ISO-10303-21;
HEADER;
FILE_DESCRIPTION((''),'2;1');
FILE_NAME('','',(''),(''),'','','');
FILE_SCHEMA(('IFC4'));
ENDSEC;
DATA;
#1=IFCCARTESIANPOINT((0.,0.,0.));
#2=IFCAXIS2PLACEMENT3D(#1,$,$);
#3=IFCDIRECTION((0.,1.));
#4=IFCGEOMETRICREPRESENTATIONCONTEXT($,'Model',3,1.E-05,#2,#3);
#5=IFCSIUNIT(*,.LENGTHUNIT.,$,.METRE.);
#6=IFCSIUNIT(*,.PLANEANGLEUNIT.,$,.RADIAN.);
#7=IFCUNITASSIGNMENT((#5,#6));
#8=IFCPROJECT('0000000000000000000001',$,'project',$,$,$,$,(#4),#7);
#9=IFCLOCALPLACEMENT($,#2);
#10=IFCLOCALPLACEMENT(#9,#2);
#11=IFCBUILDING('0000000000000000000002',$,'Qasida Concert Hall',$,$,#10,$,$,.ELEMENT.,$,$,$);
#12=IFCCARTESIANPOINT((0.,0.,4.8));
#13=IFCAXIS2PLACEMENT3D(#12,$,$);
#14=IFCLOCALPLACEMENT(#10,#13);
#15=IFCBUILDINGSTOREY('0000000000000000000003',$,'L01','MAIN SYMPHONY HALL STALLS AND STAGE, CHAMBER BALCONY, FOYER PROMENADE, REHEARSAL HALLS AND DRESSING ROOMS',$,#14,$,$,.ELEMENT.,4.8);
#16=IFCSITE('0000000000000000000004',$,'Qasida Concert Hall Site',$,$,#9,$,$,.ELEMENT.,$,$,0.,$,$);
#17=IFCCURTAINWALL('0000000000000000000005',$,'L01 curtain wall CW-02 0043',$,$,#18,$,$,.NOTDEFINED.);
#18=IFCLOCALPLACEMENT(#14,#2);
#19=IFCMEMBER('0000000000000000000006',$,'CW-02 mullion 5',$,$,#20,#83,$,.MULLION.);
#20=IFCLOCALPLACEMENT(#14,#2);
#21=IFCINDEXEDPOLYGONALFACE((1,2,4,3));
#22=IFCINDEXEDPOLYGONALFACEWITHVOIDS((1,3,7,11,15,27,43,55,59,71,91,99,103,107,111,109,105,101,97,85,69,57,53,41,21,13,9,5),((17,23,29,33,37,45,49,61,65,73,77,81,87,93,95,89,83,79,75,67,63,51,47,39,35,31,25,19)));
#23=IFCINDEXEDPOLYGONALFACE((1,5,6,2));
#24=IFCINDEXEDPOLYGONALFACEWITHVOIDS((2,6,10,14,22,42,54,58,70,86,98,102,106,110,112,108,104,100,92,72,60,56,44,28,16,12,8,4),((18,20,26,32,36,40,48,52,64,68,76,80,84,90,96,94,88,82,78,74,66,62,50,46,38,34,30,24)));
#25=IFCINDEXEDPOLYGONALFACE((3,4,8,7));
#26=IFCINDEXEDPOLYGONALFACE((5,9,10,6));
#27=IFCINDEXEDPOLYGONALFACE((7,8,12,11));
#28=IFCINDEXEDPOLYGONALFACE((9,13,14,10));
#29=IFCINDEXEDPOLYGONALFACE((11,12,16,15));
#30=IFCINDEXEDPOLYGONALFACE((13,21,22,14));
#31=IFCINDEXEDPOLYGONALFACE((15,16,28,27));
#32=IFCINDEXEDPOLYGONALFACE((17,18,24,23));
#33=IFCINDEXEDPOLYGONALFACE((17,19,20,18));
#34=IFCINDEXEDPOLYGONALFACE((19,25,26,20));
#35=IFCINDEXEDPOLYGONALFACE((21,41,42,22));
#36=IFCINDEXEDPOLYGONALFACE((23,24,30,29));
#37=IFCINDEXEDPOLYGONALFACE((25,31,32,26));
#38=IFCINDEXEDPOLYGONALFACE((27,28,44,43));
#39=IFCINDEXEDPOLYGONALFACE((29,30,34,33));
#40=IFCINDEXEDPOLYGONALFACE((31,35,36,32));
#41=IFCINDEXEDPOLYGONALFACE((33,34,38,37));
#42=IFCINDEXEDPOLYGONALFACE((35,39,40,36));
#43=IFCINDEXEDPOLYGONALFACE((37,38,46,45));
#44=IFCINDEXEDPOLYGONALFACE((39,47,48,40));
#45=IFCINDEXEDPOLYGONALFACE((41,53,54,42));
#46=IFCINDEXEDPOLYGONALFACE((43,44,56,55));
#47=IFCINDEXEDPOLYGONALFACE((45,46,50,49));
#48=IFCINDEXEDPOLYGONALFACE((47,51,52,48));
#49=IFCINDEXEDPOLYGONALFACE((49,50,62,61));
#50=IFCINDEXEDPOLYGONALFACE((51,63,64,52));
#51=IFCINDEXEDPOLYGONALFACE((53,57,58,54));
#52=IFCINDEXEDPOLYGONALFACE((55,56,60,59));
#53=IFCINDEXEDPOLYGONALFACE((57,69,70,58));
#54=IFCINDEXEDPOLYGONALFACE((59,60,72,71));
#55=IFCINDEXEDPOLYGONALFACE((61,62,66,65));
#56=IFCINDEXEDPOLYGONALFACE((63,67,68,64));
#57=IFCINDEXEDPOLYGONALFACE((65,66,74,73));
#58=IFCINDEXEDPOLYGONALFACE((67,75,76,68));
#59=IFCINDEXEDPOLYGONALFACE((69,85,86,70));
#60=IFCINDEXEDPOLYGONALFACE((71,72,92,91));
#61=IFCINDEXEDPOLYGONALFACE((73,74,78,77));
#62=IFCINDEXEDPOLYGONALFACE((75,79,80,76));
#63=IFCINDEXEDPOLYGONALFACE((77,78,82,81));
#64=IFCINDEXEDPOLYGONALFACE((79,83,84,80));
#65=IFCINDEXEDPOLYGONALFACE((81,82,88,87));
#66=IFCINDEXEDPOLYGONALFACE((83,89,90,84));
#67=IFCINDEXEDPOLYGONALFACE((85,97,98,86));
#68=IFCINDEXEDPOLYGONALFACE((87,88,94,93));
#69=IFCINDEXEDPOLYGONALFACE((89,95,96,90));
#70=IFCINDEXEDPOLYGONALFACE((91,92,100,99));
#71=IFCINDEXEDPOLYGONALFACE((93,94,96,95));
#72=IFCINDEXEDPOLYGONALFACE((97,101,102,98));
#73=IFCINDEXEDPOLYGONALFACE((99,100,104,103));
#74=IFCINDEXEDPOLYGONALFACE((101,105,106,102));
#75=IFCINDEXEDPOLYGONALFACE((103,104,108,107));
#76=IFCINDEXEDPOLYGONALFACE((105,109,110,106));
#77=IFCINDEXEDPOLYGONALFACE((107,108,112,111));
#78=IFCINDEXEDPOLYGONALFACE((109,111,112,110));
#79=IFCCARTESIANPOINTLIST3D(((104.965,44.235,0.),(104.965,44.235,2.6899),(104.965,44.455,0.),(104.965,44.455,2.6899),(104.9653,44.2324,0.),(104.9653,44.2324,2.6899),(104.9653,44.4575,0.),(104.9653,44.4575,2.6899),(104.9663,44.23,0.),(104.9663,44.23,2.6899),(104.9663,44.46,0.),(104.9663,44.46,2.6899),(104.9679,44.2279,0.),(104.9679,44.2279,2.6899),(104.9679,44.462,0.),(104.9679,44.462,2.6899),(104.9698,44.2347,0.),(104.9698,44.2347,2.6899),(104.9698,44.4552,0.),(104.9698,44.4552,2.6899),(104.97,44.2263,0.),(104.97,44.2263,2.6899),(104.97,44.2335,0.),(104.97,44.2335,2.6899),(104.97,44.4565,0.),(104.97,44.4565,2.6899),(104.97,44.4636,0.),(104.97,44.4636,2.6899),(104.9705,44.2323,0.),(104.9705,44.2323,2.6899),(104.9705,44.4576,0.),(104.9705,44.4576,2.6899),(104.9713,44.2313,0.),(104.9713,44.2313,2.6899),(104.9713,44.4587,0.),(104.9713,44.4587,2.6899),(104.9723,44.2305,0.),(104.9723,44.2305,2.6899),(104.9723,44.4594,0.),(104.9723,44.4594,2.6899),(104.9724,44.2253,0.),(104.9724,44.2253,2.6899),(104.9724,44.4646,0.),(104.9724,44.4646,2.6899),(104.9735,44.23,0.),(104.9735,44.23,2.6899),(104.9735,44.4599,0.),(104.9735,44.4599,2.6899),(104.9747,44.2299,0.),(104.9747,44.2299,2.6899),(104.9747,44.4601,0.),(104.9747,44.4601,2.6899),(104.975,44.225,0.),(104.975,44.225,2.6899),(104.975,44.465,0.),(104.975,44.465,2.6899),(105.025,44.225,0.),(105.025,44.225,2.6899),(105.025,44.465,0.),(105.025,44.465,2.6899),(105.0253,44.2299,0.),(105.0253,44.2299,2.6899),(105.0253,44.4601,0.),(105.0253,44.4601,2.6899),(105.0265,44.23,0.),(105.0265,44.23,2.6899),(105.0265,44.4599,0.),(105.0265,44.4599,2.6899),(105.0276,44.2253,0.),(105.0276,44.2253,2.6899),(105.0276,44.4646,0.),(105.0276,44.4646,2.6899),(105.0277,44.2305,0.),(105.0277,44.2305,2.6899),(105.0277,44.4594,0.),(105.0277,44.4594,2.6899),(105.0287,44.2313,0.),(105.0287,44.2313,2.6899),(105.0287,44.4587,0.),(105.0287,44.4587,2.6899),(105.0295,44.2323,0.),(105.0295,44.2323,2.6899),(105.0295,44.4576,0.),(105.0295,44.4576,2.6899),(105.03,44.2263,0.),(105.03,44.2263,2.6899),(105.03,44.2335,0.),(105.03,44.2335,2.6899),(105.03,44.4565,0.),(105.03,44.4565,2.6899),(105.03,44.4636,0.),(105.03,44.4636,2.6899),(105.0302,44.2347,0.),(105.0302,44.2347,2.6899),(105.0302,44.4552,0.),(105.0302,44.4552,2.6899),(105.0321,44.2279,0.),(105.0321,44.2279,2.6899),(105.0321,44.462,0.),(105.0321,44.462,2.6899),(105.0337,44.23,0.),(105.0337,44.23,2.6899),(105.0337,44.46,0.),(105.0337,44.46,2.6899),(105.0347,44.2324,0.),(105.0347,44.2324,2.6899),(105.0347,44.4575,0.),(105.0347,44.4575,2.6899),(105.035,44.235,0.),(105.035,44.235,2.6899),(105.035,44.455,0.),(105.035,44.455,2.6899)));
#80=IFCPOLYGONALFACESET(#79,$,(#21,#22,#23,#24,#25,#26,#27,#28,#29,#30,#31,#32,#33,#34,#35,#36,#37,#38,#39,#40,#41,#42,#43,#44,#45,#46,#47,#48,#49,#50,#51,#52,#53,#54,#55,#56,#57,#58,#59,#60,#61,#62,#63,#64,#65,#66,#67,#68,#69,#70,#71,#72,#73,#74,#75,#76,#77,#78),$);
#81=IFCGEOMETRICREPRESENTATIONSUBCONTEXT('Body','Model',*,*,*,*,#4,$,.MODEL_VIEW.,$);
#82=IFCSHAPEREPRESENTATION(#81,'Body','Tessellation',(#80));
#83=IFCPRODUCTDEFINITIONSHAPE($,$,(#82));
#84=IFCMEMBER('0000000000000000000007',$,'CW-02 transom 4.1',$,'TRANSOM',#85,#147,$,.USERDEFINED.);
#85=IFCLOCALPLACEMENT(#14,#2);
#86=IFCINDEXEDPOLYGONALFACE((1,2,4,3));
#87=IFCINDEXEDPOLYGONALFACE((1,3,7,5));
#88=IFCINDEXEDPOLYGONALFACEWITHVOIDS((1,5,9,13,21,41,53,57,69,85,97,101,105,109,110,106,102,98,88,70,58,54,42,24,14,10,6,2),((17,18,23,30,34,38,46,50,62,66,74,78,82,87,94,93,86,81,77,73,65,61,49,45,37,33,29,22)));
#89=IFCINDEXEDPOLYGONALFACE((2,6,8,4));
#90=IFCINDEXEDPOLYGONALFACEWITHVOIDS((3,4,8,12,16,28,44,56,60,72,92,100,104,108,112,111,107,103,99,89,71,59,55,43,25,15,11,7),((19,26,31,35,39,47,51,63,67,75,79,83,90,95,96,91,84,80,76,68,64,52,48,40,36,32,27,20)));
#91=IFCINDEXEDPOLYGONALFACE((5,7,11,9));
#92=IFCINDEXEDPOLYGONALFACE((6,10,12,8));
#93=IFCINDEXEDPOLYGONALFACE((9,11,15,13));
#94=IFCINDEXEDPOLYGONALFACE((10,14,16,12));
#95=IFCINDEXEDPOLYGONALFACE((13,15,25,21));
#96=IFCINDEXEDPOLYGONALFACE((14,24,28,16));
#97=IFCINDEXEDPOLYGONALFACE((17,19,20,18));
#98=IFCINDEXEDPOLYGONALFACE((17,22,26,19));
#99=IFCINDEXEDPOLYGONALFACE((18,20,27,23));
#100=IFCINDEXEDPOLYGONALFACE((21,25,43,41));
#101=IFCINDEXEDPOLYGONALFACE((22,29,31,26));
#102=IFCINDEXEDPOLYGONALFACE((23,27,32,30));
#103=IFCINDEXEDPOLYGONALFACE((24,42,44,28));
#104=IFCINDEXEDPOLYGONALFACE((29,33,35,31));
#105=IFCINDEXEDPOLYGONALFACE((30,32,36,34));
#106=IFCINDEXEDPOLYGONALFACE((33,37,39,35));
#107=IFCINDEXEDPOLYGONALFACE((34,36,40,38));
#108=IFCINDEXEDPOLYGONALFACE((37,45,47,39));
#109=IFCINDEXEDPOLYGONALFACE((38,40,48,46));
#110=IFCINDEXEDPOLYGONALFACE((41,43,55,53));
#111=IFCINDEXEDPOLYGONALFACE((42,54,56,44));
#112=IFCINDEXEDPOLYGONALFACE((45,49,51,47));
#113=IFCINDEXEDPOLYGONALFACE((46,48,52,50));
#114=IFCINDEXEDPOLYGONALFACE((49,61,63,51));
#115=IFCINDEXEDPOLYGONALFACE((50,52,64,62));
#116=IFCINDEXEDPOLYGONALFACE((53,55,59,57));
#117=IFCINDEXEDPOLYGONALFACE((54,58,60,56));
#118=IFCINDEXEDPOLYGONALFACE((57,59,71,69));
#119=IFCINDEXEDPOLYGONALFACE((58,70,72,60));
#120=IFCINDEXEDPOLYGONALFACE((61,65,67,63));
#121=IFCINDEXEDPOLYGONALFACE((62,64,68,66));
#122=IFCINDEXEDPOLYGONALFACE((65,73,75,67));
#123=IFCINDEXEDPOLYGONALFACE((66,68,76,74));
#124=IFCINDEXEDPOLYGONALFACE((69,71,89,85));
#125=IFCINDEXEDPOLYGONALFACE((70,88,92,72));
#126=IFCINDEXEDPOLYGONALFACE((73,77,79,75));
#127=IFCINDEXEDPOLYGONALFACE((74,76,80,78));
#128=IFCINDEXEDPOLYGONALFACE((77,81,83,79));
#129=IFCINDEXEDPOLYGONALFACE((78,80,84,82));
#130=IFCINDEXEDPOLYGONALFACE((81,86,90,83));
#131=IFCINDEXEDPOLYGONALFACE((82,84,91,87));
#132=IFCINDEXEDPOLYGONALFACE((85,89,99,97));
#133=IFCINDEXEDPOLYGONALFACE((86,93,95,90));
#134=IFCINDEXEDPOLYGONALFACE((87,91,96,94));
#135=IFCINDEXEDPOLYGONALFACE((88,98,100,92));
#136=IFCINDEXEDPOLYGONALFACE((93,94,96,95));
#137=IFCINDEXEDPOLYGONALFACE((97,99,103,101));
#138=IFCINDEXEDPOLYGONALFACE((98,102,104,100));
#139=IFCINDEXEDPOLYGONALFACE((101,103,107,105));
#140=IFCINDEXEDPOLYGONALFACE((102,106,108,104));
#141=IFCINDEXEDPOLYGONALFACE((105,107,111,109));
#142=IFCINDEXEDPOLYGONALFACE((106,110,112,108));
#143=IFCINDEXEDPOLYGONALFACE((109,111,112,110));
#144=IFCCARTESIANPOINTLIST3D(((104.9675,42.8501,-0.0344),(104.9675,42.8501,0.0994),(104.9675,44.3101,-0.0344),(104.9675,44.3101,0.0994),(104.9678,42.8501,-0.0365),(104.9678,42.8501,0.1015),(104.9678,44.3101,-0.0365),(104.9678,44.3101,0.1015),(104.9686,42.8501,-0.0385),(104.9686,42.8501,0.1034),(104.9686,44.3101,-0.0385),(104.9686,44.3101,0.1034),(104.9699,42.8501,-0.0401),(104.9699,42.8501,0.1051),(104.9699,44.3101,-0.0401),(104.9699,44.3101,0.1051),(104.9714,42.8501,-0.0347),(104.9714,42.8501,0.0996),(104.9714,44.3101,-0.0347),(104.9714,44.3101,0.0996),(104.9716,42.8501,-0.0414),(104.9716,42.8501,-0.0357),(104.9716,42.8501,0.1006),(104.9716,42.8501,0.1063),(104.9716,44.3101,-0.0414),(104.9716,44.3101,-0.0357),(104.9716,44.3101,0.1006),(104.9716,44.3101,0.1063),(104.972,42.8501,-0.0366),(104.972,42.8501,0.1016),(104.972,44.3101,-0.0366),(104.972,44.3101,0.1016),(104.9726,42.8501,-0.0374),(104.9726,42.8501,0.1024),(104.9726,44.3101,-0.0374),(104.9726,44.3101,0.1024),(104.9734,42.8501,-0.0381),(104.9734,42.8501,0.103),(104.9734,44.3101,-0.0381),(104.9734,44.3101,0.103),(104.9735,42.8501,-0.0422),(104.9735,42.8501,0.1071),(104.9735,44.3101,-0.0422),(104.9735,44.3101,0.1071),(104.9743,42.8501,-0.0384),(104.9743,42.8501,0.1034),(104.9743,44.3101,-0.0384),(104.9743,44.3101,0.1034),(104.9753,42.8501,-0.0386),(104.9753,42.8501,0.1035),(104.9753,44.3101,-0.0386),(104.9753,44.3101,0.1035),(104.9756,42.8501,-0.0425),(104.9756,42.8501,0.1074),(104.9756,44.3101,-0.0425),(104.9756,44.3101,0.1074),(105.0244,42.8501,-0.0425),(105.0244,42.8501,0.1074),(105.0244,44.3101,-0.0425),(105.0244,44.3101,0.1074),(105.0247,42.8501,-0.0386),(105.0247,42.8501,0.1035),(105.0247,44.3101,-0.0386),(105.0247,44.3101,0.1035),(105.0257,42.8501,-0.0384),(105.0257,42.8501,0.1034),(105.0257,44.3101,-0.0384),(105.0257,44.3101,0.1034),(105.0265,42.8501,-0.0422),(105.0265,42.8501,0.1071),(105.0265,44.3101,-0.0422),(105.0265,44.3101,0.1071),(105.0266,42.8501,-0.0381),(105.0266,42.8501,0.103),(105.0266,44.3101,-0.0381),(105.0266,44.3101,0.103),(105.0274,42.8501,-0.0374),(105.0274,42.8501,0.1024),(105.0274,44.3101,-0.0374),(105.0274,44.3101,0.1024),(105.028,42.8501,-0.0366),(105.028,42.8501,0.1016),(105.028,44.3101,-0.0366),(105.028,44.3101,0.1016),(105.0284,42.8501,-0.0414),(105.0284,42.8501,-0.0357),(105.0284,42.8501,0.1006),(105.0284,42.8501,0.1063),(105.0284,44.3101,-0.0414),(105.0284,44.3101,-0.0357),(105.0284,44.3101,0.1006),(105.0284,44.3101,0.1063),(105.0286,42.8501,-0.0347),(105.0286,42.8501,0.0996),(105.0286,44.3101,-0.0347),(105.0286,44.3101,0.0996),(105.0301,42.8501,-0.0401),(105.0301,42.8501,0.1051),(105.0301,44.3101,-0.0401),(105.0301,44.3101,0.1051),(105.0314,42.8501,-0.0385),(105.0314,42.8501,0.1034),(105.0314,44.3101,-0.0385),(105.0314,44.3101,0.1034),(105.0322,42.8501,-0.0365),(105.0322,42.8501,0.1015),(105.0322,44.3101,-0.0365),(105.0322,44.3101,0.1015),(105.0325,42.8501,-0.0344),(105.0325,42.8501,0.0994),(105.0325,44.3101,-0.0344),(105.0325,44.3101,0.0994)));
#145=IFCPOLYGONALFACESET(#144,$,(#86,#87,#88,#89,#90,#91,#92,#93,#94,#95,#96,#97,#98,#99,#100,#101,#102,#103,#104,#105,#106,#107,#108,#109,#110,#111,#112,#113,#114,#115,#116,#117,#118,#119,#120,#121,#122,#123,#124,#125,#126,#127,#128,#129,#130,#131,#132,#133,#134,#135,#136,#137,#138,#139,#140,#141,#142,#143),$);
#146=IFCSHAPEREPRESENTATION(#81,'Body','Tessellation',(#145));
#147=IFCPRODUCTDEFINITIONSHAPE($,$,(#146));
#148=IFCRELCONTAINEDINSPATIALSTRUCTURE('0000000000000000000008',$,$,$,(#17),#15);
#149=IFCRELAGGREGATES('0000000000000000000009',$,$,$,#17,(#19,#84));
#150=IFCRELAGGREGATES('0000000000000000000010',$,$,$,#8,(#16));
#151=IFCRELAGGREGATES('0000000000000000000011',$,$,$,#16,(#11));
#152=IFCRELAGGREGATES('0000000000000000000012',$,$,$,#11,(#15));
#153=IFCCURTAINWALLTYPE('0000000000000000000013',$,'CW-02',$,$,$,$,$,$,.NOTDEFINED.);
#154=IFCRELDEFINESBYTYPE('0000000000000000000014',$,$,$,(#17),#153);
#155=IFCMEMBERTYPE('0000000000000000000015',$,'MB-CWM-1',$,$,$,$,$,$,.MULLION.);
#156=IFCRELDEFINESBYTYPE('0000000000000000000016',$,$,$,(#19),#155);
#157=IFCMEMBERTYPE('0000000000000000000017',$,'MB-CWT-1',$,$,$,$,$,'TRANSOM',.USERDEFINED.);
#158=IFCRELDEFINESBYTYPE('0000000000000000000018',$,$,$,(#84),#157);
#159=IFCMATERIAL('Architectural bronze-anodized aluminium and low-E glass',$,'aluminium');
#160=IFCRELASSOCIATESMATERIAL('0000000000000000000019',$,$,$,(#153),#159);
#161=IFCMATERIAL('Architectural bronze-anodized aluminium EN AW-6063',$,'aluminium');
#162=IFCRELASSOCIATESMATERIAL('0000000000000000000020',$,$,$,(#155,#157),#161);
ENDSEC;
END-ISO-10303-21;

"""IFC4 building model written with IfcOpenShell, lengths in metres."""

from ifc_helpers import new_model, si_unit, direction, frame, origin, origin_2d, place, context, subcontext, project, spatial, hollow_rectangle, extrude, material, material_profile, profile_set, type_object, element, aggregate, save


model = new_model("IFC4")

# Units and contexts
model_context = context("Model", 3, precision=1e-05, world=origin(), true_north=direction((0.0, 1.0)))
body_context = subcontext(model_context, "Body", "Model", "MODEL_VIEW")
ifc_project = project(units=[si_unit("LENGTHUNIT", "METRE"), si_unit("PLANEANGLEUNIT", "RADIAN")], contexts=[model_context])

# Site, building, storey
site_placement = place(None, origin())
site = spatial("IfcSite", under=ifc_project, at=site_placement, Name="Qasida Concert Hall Site", CompositionType="ELEMENT", RefElevation=0.0)
building_placement = place(site_placement, origin())
building = spatial("IfcBuilding", under=site, at=building_placement, Name="Qasida Concert Hall", CompositionType="ELEMENT")
storey_placement = place(building_placement, frame((0.0, 0.0, 4.8)))
storey = spatial("IfcBuildingStorey", under=building, at=storey_placement, Name="L01", Description="MAIN SYMPHONY HALL STALLS AND STAGE, CHAMBER BALCONY, FOYER PROMENADE, REHEARSAL HALLS AND DRESSING ROOMS", CompositionType="ELEMENT", Elevation=4.8)

# Curtain wall, members
ifc_material_1 = material(Name="Architectural bronze-anodized aluminium and low-E glass", Category="aluminium")
curtain_wall_type = type_object("IfcCurtainWallType", Name="CW-02", PredefinedType="NOTDEFINED", material=ifc_material_1)
curtain_wall_placement = place(storey_placement, origin())
curtain_wall = element("IfcCurtainWall", 1, at=curtain_wall_placement, inside=storey, type_object=curtain_wall_type, Name="L01 curtain wall CW-02 0043", PredefinedType="NOTDEFINED")
ifc_material_2 = material(Name="Architectural bronze-anodized aluminium EN AW-6063", Category="aluminium")
ifc_material_profile_1 = material_profile(ifc_material_2, hollow_rectangle(XDim=0.0701, YDim=0.24, WallThickness=0.0049, InnerFilletRadius=0.0049, OuterFilletRadius=0.01, at=origin_2d()), Name="CWM 240x70x5")
ifc_profile_set_1 = profile_set([ifc_material_profile_1], Name="Architectural bronze-anodized aluminium EN AW-6063")
member_type_1 = type_object("IfcMemberType", Name="MB-CWM-1", PredefinedType="MULLION", material=ifc_profile_set_1)
member_1_placement = place(storey_placement, frame((105.0, 44.345, 0.0), z_axis=(0.0, 0.0, 1.0), x_axis=(-1.0, 0.0, 0.0)))
member_1 = element("IfcMember", 2, at=member_1_placement, type_object=member_type_1, Name="CW-02 mullion 5", PredefinedType="MULLION", context=body_context, shape_type="SweptSolid", body=[
    extrude(hollow_rectangle(XDim=0.0701, YDim=0.24, WallThickness=0.0049, InnerFilletRadius=0.0049, OuterFilletRadius=0.01, at=origin_2d()), origin(), (0.0, 0.0, 1.0), 2.6899),
])
ifc_material_profile_2 = material_profile(ifc_material_2, hollow_rectangle(XDim=0.0649, YDim=0.1499, WallThickness=0.0039, InnerFilletRadius=0.0039, OuterFilletRadius=0.0081, at=origin_2d()), Name="CWT 150x65x4")
ifc_profile_set_2 = profile_set([ifc_material_profile_2], Name="Architectural bronze-anodized aluminium EN AW-6063")
member_type_2 = type_object("IfcMemberType", Name="MB-CWT-1", ElementType="TRANSOM", PredefinedType="USERDEFINED", material=ifc_profile_set_2)
member_2_placement = place(storey_placement, frame((105.0, 42.8501, 0.0325), z_axis=(0.0, 1.0, 0.0), x_axis=(-1.0, 0.0, 0.0)))
member_2 = element("IfcMember", 3, at=member_2_placement, type_object=member_type_2, Name="CW-02 transom 4.1", ObjectType="TRANSOM", PredefinedType="USERDEFINED", context=body_context, shape_type="SweptSolid", body=[
    extrude(hollow_rectangle(XDim=0.0649, YDim=0.1499, WallThickness=0.0039, InnerFilletRadius=0.0039, OuterFilletRadius=0.0081, at=origin_2d()), origin(), (0.0, 0.0, 1.0), 1.46),
])
aggregate(curtain_wall, [member_1, member_2])

save(model, "model.ifc")
